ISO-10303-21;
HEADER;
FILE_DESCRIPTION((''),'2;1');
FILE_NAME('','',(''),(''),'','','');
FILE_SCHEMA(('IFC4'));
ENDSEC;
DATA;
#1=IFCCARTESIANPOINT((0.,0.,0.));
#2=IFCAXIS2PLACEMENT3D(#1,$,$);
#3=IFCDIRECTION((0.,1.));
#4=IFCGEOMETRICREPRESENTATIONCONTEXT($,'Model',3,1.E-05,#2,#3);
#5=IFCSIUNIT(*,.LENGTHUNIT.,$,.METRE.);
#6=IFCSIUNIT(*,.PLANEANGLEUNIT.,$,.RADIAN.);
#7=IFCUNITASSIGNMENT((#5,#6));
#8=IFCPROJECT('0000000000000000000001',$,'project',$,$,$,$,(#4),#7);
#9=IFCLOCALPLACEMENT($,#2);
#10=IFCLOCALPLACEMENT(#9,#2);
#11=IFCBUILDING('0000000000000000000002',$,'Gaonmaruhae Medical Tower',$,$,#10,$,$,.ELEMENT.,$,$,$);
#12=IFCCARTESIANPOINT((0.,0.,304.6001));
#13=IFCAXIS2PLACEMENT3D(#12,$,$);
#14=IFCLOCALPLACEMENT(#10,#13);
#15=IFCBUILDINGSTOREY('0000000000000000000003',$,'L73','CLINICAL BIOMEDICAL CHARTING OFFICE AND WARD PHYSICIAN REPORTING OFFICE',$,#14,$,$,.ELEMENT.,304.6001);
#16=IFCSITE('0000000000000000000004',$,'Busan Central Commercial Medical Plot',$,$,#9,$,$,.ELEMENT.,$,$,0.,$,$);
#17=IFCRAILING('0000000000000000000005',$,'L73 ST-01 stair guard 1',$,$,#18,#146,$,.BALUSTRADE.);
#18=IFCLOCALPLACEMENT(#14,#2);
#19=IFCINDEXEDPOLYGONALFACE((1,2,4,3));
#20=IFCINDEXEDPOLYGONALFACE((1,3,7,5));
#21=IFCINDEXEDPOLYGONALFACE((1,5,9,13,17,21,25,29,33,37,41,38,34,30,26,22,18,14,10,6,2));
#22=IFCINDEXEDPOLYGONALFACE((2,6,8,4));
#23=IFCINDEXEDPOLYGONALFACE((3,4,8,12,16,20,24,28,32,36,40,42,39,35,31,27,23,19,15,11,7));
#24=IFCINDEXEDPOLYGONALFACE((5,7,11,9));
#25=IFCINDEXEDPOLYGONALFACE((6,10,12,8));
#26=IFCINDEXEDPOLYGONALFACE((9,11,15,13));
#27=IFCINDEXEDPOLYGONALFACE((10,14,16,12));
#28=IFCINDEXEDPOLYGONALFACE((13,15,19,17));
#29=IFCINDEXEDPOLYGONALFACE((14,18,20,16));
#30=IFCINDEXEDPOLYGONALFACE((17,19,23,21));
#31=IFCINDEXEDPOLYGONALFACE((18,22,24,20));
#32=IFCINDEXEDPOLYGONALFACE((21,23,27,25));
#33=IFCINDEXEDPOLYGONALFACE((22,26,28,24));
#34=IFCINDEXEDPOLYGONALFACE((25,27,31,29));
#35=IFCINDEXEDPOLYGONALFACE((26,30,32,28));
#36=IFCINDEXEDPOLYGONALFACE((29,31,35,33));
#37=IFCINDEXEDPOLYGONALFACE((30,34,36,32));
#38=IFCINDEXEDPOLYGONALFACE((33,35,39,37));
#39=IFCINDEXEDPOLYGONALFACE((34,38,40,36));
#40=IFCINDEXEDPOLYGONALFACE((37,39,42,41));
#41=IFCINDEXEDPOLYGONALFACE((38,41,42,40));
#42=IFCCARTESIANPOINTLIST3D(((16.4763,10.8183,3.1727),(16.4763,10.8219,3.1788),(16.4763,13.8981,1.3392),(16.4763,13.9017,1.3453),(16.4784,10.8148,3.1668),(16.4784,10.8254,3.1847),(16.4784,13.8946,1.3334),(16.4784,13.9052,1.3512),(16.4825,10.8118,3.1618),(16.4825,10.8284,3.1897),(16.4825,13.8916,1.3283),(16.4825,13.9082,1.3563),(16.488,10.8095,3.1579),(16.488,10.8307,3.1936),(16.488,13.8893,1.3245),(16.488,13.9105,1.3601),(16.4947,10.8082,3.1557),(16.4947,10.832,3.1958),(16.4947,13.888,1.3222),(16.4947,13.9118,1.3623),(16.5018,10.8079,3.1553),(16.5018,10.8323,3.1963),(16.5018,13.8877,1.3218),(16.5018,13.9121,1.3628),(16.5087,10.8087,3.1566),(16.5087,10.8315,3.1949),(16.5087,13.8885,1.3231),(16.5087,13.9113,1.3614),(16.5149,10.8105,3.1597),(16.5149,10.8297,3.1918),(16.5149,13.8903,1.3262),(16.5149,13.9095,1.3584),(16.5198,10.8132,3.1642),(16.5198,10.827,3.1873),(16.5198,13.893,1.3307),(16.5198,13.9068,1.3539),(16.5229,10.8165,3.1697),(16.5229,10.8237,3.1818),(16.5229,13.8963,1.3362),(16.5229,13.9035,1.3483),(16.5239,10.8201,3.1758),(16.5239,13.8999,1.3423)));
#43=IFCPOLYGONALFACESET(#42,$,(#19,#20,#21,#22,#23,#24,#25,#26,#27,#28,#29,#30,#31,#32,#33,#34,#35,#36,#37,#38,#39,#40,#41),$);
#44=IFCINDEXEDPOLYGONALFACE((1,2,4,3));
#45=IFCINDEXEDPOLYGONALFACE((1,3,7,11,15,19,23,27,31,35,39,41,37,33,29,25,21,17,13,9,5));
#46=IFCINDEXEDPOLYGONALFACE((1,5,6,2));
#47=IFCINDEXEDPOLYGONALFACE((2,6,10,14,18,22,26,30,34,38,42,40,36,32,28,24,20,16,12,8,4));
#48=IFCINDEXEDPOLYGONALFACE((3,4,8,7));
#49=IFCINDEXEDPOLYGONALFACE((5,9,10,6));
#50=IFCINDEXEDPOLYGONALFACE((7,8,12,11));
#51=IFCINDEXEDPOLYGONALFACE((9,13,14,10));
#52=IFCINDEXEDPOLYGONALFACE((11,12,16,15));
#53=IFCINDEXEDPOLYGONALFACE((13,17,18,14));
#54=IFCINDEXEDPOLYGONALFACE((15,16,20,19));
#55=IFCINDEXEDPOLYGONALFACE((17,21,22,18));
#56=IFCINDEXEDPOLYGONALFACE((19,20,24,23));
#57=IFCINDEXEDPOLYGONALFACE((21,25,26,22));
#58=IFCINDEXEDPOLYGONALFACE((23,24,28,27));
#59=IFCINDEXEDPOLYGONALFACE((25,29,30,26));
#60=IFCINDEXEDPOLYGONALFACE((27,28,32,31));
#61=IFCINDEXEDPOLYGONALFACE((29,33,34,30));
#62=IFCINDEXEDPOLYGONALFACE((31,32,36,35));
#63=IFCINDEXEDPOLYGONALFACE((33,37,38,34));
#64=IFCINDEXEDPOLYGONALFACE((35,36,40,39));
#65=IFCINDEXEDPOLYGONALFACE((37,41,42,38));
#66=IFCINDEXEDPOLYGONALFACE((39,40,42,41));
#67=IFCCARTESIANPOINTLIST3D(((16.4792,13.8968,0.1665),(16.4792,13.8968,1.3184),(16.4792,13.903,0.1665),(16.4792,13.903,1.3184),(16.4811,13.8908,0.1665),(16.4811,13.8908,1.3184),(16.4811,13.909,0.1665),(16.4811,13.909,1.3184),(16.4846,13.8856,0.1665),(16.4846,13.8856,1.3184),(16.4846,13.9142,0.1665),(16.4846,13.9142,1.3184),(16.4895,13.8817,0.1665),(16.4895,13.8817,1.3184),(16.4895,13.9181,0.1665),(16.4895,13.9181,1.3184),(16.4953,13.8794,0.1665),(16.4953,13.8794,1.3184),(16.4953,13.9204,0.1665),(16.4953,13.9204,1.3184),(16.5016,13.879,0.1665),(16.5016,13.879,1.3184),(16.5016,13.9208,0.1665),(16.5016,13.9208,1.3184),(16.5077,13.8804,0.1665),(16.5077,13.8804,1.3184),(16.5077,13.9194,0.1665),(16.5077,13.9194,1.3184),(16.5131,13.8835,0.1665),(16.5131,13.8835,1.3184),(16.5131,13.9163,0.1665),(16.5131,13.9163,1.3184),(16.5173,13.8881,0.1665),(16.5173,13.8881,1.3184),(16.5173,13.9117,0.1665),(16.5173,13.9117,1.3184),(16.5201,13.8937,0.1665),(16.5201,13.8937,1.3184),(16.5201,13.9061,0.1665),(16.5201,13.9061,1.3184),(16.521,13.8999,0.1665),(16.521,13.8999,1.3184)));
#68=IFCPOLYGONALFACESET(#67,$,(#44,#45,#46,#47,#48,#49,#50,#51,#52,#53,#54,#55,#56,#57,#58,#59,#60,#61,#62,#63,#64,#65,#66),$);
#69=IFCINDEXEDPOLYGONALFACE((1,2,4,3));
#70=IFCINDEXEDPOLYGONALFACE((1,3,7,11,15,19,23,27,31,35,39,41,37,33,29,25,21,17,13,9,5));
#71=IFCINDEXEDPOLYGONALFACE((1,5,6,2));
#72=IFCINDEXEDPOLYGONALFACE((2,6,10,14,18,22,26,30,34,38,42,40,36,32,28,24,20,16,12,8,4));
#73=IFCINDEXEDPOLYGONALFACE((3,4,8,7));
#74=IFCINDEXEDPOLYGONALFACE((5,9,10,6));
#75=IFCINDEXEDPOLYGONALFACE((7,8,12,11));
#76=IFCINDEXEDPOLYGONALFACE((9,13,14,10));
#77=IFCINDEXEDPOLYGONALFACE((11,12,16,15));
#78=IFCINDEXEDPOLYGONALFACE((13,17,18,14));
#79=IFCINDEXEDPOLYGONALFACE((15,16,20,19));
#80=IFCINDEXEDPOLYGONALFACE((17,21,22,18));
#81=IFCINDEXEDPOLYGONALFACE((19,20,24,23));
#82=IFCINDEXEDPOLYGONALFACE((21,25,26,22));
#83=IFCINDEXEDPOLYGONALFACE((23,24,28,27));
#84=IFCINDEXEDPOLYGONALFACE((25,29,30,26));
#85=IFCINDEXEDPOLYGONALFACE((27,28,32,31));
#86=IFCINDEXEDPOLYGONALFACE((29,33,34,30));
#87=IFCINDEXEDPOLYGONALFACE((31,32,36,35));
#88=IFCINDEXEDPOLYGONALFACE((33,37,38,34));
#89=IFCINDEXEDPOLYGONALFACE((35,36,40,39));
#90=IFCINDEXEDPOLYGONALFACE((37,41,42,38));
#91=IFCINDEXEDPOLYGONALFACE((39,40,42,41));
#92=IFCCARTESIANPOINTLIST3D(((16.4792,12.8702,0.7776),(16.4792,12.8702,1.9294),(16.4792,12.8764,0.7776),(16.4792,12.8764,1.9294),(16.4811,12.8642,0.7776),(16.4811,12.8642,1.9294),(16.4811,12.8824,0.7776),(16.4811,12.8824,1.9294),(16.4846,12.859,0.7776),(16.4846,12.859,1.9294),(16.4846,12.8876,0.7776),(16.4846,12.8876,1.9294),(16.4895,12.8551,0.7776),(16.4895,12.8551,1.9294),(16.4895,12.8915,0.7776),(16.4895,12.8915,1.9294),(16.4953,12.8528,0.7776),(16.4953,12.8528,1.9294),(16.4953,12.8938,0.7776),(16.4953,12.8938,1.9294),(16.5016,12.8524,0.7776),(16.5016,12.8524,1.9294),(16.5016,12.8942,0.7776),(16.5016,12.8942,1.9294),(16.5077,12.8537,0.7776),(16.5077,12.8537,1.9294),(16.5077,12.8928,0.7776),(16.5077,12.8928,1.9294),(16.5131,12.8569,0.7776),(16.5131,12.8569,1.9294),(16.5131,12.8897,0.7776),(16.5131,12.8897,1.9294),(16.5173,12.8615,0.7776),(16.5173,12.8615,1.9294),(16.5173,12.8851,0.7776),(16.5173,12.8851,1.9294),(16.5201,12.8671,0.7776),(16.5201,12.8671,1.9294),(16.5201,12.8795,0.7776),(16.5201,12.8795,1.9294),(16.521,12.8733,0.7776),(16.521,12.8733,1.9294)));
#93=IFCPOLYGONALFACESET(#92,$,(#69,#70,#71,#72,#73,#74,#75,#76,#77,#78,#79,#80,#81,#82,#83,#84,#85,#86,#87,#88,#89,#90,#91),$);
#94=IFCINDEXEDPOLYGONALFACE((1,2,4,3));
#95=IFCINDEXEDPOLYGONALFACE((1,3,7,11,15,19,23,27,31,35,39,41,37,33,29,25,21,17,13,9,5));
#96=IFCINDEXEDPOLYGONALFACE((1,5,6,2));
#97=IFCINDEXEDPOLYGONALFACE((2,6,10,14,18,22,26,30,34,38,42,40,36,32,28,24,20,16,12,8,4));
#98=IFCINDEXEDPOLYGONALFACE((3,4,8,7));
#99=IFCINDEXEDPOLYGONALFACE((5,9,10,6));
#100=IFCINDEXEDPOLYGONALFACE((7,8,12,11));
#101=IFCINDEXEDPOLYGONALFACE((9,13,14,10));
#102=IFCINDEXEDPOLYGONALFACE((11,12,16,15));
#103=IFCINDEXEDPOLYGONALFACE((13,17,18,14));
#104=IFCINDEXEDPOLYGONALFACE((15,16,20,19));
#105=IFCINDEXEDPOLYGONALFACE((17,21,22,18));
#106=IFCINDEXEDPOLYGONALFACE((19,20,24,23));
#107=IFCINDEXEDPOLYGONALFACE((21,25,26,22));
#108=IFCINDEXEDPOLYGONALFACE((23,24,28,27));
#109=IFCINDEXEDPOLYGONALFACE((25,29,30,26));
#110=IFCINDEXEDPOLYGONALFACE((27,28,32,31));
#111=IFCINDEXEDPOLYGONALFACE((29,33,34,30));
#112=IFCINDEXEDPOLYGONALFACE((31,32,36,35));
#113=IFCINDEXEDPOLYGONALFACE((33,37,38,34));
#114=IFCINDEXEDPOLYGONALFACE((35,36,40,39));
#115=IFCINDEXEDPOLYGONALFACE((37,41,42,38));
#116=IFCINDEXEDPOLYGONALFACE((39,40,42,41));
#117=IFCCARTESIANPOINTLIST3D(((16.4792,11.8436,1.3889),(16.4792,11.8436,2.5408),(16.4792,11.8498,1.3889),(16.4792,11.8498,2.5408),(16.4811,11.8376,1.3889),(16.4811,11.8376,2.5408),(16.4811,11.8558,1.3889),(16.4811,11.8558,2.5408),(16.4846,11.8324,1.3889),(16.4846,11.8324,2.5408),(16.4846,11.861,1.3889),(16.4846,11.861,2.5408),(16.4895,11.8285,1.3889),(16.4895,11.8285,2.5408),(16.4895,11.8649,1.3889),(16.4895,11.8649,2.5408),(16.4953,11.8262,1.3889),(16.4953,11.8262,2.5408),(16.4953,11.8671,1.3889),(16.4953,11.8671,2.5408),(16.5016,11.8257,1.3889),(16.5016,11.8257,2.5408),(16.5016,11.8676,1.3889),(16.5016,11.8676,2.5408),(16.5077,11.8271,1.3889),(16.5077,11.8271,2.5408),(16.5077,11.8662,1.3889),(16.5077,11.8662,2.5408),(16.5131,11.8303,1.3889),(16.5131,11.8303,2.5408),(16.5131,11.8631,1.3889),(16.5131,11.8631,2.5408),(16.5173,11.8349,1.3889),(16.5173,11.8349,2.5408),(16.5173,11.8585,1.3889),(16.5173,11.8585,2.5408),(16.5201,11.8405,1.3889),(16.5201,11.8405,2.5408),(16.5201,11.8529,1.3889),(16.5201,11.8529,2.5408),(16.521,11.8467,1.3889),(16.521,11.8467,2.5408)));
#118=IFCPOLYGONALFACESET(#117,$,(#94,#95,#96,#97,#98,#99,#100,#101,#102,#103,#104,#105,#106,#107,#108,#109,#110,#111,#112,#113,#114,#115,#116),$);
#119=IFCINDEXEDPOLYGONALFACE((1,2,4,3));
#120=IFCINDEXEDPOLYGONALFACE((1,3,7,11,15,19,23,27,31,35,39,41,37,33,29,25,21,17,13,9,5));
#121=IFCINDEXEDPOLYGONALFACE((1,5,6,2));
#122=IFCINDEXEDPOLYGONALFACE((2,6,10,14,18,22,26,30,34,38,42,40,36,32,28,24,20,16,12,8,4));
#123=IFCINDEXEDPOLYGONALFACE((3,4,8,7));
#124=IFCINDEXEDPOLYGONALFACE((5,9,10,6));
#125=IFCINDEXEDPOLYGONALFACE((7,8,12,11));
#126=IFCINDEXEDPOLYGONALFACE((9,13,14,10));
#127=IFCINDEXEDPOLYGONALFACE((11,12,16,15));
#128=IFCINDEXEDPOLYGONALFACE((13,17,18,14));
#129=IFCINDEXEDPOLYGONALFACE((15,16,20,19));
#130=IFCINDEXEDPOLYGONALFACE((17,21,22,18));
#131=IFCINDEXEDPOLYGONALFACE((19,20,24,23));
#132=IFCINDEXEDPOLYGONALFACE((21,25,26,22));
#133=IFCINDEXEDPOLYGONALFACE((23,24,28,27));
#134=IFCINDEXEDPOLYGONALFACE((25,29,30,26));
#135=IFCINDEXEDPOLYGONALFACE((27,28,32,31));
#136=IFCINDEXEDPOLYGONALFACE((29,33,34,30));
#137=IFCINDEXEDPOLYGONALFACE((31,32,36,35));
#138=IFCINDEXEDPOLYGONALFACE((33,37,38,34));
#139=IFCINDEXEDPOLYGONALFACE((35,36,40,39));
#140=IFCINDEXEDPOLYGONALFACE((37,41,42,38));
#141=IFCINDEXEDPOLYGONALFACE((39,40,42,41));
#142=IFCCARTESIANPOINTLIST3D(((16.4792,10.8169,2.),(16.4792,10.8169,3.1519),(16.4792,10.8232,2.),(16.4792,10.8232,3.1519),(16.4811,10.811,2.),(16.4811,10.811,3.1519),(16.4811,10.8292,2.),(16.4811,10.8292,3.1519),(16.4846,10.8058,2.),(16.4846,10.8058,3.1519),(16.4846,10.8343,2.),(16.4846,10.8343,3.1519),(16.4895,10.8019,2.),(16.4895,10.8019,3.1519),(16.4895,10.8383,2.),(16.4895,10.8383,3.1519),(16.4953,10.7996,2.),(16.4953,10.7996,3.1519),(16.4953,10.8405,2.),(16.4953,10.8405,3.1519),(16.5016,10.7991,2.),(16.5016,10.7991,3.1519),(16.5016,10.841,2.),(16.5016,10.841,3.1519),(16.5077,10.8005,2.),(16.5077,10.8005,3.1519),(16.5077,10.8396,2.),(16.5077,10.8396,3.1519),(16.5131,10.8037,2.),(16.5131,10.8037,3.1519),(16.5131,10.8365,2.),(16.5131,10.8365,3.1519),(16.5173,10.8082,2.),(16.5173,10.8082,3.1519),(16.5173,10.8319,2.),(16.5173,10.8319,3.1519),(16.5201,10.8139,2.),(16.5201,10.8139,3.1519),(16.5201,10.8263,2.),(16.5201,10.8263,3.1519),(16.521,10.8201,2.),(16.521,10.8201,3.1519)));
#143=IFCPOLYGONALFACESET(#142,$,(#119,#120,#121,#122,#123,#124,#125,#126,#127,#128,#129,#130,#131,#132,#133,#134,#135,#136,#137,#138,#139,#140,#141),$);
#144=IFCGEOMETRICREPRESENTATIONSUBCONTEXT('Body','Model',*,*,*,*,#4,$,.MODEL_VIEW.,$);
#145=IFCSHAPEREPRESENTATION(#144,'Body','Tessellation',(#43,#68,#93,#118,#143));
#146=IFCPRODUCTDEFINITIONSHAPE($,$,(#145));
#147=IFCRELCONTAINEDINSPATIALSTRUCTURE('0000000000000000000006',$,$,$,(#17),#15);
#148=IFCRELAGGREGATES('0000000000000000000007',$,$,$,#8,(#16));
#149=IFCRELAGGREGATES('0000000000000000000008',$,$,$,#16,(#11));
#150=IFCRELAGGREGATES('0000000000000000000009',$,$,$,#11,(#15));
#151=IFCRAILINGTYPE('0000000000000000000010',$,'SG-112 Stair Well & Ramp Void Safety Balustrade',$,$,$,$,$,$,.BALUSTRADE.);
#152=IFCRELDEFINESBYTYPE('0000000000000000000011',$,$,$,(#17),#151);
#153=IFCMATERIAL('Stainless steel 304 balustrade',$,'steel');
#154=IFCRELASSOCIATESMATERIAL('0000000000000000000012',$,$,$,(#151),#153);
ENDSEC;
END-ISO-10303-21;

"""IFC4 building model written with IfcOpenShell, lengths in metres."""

from ifc_helpers import new_model, si_unit, direction, frame, origin, origin_2d, place, context, subcontext, project, spatial, circle, extrude, material, type_object, element, save


model = new_model("IFC4")

# Units and contexts
model_context = context("Model", 3, precision=1e-05, world=origin(), true_north=direction((0.0, 1.0)))
body_context = subcontext(model_context, "Body", "Model", "MODEL_VIEW")
ifc_project = project(units=[si_unit("LENGTHUNIT", "METRE"), si_unit("PLANEANGLEUNIT", "RADIAN")], contexts=[model_context])

# Site, building, storey
site_placement = place(None, origin())
site = spatial("IfcSite", under=ifc_project, at=site_placement, Name="Busan Central Commercial Medical Plot", CompositionType="ELEMENT", RefElevation=0.0)
building_placement = place(site_placement, origin())
building = spatial("IfcBuilding", under=site, at=building_placement, Name="Gaonmaruhae Medical Tower", CompositionType="ELEMENT")
storey_placement = place(building_placement, frame((0.0, 0.0, 304.6001)))
storey = spatial("IfcBuildingStorey", under=building, at=storey_placement, Name="L73", Description="CLINICAL BIOMEDICAL CHARTING OFFICE AND WARD PHYSICIAN REPORTING OFFICE", CompositionType="ELEMENT", Elevation=304.6001)

# Railing
ifc_material_1 = material(Name="Stainless steel 304 balustrade", Category="steel")
railing_type_1 = type_object("IfcRailingType", Name="SG-112 Stair Well & Ramp Void Safety Balustrade", PredefinedType="BALUSTRADE", material=ifc_material_1)
railing_1_placement = place(storey_placement, frame((16.5, 13.8999, 0.1665)))
element("IfcRailing", 1, at=railing_1_placement, inside=storey, type_object=railing_type_1, Name="L73 ST-01 stair guard 1", PredefinedType="BALUSTRADE", context=body_context, shape_type="SweptSolid", body=[
    extrude(circle(Radius=0.0239, at=origin_2d()), frame((0.0, 0.0, 1.1758), z_axis=(0.0, -0.859261, 0.511538), x_axis=(1.0, 0.0, 0.0)), (0.0, 0.0, 1.0), 3.5842),
    extrude(circle(Radius=0.021, at=origin_2d()), origin(), (0.0, 0.0, 1.0), 1.1519),
    extrude(circle(Radius=0.021, at=origin_2d()), frame((0.0, -1.0266, 0.6111)), (0.0, 0.0, 1.0), 1.1519),
    extrude(circle(Radius=0.021, at=origin_2d()), frame((0.0, -2.0532, 1.2224)), (0.0, 0.0, 1.0), 1.1519),
    extrude(circle(Radius=0.021, at=origin_2d()), frame((0.0, -3.0798, 1.8335)), (0.0, 0.0, 1.0), 1.1519),
])

save(model, "model.ifc")
